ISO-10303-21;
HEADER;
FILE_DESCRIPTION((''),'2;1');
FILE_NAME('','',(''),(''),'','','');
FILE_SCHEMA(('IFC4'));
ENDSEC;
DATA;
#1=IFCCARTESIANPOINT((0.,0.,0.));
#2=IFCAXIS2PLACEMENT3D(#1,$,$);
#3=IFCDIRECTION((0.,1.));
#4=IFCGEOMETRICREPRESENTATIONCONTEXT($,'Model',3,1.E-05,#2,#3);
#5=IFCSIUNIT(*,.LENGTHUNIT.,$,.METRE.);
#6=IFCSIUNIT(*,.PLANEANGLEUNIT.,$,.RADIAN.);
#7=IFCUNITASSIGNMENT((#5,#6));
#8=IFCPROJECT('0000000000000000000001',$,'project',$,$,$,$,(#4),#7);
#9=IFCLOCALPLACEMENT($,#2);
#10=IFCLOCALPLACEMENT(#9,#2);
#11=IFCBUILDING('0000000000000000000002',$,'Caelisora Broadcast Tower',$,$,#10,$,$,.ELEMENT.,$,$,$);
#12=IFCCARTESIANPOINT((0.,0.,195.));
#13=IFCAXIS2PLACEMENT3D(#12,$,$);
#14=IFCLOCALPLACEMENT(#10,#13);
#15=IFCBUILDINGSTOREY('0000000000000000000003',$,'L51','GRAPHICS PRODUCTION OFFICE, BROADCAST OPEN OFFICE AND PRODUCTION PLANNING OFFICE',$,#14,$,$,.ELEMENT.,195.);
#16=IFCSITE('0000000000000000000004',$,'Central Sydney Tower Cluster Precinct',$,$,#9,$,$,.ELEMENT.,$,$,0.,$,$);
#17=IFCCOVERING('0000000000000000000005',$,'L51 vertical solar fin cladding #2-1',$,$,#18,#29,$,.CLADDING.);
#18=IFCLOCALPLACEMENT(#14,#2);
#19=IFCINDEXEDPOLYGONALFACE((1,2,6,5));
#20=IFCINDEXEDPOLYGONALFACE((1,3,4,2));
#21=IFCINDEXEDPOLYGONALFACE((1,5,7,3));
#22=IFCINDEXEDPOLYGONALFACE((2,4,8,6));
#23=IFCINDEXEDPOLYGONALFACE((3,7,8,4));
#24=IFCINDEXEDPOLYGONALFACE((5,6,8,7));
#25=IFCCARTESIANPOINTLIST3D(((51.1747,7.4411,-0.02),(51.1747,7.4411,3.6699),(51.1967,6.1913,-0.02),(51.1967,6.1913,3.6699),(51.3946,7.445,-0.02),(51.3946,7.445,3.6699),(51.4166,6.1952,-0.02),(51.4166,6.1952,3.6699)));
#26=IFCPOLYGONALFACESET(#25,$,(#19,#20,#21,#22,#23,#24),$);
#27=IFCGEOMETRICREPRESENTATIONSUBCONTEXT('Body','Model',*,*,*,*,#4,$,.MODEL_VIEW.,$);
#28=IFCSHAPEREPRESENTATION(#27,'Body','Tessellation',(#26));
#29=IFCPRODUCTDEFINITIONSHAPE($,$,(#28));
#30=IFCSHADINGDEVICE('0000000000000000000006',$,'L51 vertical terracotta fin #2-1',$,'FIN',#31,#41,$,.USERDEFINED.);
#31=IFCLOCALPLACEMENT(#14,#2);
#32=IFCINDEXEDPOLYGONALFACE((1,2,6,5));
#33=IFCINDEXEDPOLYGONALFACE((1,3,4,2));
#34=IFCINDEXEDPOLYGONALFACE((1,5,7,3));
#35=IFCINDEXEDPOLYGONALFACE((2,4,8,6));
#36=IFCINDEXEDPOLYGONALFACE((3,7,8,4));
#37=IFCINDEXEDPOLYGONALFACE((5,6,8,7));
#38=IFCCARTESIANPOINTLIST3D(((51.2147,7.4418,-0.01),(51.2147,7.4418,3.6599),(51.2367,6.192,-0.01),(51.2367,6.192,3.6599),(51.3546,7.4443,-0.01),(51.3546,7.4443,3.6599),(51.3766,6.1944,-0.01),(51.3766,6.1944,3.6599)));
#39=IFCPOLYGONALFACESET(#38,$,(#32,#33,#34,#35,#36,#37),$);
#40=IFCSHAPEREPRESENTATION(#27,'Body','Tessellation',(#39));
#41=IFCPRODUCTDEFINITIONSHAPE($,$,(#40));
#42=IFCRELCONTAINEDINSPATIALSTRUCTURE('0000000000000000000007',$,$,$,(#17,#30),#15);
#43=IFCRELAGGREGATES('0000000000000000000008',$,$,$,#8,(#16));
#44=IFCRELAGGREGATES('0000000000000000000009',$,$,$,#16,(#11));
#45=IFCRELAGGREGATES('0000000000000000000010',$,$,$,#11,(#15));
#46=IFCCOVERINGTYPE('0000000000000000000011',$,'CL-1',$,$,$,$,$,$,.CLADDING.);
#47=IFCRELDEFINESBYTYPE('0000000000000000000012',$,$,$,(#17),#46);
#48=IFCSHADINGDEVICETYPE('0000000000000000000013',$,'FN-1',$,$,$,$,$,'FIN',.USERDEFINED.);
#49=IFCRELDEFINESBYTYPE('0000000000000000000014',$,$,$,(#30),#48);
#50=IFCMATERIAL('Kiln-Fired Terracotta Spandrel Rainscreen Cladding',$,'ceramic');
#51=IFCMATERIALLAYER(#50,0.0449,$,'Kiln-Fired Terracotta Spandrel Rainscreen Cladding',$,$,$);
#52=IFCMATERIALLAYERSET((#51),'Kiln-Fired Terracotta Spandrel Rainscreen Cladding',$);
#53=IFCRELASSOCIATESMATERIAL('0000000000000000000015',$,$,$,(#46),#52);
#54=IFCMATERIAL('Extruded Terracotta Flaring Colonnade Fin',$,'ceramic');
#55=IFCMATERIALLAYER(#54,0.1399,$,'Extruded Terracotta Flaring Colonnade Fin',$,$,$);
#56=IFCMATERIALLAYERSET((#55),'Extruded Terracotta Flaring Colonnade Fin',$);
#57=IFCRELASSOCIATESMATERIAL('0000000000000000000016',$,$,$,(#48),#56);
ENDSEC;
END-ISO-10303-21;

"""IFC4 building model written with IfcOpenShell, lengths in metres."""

from ifc_helpers import new_model, si_unit, direction, frame, origin, origin_2d, place, context, subcontext, project, spatial, rectangle, extrude, source, transform, mapped, material, layer, layer_set, type_object, type_shapes, element, save


model = new_model("IFC4")

# Units and contexts
model_context = context("Model", 3, precision=1e-05, world=origin(), true_north=direction((0.0, 1.0)))
body_context = subcontext(model_context, "Body", "Model", "MODEL_VIEW")
ifc_project = project(units=[si_unit("LENGTHUNIT", "METRE"), si_unit("PLANEANGLEUNIT", "RADIAN")], contexts=[model_context])

# Site, building, storey
site_placement = place(None, origin())
site = spatial("IfcSite", under=ifc_project, at=site_placement, Name="Central Sydney Tower Cluster Precinct", CompositionType="ELEMENT", RefElevation=0.0)
building_placement = place(site_placement, origin())
building = spatial("IfcBuilding", under=site, at=building_placement, Name="Caelisora Broadcast Tower", CompositionType="ELEMENT")
storey_placement = place(building_placement, frame((0.0, 0.0, 195.0)))
storey = spatial("IfcBuildingStorey", under=building, at=storey_placement, Name="L51", Description="GRAPHICS PRODUCTION OFFICE, BROADCAST OPEN OFFICE AND PRODUCTION PLANNING OFFICE", CompositionType="ELEMENT", Elevation=195.0)

# Covering
ifc_material_1 = material(Name="Kiln-Fired Terracotta Spandrel Rainscreen Cladding", Category="ceramic")
ifc_layer_1 = layer(ifc_material_1, 0.0449, Name="Kiln-Fired Terracotta Spandrel Rainscreen Cladding")
ifc_layer_set_1 = layer_set([ifc_layer_1], Name="Kiln-Fired Terracotta Spandrel Rainscreen Cladding")
covering_type = type_object("IfcCoveringType", Name="CL-1", PredefinedType="CLADDING", material=ifc_layer_set_1)
shared_shape_1 = source(origin(), body_context, "Body", "SweptSolid", [
    extrude(rectangle(XDim=0.22, YDim=1.25, at=origin_2d()), origin(), (0.0, 0.0, 1.0), 3.6899),
])
type_shapes(covering_type, [shared_shape_1])
covering_placement = place(storey_placement, frame((51.2957, 6.8181, -0.02), z_axis=(0.0, 0.0, 1.0), x_axis=(-0.999845, -0.017627, 0.0)))
element("IfcCovering", 1, at=covering_placement, inside=storey, type_object=covering_type, Name="L51 vertical solar fin cladding #2-1", PredefinedType="CLADDING", context=body_context, shape_type="MappedRepresentation", body=[
    mapped(shared_shape_1, transform((0.0, 0.0, 0.0), scale=1.0)),
])

# Shading device
ifc_material_2 = material(Name="Extruded Terracotta Flaring Colonnade Fin", Category="ceramic")
ifc_layer_2 = layer(ifc_material_2, 0.1399, Name="Extruded Terracotta Flaring Colonnade Fin")
ifc_layer_set_2 = layer_set([ifc_layer_2], Name="Extruded Terracotta Flaring Colonnade Fin")
shading_device_type = type_object("IfcShadingDeviceType", Name="FN-1", ElementType="FIN", PredefinedType="USERDEFINED", material=ifc_layer_set_2)
shared_shape_2 = source(origin(), body_context, "Body", "SweptSolid", [
    extrude(rectangle(XDim=0.1399, YDim=1.25, at=origin_2d()), origin(), (0.0, 0.0, 1.0), 3.6699),
])
type_shapes(shading_device_type, [shared_shape_2])
shading_device_placement = place(storey_placement, frame((51.2957, 6.8181, -0.01), z_axis=(0.0, 0.0, 1.0), x_axis=(-0.999845, -0.017627, 0.0)))
element("IfcShadingDevice", 2, at=shading_device_placement, inside=storey, type_object=shading_device_type, Name="L51 vertical terracotta fin #2-1", ObjectType="FIN", PredefinedType="USERDEFINED", context=body_context, shape_type="MappedRepresentation", body=[
    mapped(shared_shape_2, transform((0.0, 0.0, 0.0), scale=1.0)),
])

save(model, "model.ifc")
